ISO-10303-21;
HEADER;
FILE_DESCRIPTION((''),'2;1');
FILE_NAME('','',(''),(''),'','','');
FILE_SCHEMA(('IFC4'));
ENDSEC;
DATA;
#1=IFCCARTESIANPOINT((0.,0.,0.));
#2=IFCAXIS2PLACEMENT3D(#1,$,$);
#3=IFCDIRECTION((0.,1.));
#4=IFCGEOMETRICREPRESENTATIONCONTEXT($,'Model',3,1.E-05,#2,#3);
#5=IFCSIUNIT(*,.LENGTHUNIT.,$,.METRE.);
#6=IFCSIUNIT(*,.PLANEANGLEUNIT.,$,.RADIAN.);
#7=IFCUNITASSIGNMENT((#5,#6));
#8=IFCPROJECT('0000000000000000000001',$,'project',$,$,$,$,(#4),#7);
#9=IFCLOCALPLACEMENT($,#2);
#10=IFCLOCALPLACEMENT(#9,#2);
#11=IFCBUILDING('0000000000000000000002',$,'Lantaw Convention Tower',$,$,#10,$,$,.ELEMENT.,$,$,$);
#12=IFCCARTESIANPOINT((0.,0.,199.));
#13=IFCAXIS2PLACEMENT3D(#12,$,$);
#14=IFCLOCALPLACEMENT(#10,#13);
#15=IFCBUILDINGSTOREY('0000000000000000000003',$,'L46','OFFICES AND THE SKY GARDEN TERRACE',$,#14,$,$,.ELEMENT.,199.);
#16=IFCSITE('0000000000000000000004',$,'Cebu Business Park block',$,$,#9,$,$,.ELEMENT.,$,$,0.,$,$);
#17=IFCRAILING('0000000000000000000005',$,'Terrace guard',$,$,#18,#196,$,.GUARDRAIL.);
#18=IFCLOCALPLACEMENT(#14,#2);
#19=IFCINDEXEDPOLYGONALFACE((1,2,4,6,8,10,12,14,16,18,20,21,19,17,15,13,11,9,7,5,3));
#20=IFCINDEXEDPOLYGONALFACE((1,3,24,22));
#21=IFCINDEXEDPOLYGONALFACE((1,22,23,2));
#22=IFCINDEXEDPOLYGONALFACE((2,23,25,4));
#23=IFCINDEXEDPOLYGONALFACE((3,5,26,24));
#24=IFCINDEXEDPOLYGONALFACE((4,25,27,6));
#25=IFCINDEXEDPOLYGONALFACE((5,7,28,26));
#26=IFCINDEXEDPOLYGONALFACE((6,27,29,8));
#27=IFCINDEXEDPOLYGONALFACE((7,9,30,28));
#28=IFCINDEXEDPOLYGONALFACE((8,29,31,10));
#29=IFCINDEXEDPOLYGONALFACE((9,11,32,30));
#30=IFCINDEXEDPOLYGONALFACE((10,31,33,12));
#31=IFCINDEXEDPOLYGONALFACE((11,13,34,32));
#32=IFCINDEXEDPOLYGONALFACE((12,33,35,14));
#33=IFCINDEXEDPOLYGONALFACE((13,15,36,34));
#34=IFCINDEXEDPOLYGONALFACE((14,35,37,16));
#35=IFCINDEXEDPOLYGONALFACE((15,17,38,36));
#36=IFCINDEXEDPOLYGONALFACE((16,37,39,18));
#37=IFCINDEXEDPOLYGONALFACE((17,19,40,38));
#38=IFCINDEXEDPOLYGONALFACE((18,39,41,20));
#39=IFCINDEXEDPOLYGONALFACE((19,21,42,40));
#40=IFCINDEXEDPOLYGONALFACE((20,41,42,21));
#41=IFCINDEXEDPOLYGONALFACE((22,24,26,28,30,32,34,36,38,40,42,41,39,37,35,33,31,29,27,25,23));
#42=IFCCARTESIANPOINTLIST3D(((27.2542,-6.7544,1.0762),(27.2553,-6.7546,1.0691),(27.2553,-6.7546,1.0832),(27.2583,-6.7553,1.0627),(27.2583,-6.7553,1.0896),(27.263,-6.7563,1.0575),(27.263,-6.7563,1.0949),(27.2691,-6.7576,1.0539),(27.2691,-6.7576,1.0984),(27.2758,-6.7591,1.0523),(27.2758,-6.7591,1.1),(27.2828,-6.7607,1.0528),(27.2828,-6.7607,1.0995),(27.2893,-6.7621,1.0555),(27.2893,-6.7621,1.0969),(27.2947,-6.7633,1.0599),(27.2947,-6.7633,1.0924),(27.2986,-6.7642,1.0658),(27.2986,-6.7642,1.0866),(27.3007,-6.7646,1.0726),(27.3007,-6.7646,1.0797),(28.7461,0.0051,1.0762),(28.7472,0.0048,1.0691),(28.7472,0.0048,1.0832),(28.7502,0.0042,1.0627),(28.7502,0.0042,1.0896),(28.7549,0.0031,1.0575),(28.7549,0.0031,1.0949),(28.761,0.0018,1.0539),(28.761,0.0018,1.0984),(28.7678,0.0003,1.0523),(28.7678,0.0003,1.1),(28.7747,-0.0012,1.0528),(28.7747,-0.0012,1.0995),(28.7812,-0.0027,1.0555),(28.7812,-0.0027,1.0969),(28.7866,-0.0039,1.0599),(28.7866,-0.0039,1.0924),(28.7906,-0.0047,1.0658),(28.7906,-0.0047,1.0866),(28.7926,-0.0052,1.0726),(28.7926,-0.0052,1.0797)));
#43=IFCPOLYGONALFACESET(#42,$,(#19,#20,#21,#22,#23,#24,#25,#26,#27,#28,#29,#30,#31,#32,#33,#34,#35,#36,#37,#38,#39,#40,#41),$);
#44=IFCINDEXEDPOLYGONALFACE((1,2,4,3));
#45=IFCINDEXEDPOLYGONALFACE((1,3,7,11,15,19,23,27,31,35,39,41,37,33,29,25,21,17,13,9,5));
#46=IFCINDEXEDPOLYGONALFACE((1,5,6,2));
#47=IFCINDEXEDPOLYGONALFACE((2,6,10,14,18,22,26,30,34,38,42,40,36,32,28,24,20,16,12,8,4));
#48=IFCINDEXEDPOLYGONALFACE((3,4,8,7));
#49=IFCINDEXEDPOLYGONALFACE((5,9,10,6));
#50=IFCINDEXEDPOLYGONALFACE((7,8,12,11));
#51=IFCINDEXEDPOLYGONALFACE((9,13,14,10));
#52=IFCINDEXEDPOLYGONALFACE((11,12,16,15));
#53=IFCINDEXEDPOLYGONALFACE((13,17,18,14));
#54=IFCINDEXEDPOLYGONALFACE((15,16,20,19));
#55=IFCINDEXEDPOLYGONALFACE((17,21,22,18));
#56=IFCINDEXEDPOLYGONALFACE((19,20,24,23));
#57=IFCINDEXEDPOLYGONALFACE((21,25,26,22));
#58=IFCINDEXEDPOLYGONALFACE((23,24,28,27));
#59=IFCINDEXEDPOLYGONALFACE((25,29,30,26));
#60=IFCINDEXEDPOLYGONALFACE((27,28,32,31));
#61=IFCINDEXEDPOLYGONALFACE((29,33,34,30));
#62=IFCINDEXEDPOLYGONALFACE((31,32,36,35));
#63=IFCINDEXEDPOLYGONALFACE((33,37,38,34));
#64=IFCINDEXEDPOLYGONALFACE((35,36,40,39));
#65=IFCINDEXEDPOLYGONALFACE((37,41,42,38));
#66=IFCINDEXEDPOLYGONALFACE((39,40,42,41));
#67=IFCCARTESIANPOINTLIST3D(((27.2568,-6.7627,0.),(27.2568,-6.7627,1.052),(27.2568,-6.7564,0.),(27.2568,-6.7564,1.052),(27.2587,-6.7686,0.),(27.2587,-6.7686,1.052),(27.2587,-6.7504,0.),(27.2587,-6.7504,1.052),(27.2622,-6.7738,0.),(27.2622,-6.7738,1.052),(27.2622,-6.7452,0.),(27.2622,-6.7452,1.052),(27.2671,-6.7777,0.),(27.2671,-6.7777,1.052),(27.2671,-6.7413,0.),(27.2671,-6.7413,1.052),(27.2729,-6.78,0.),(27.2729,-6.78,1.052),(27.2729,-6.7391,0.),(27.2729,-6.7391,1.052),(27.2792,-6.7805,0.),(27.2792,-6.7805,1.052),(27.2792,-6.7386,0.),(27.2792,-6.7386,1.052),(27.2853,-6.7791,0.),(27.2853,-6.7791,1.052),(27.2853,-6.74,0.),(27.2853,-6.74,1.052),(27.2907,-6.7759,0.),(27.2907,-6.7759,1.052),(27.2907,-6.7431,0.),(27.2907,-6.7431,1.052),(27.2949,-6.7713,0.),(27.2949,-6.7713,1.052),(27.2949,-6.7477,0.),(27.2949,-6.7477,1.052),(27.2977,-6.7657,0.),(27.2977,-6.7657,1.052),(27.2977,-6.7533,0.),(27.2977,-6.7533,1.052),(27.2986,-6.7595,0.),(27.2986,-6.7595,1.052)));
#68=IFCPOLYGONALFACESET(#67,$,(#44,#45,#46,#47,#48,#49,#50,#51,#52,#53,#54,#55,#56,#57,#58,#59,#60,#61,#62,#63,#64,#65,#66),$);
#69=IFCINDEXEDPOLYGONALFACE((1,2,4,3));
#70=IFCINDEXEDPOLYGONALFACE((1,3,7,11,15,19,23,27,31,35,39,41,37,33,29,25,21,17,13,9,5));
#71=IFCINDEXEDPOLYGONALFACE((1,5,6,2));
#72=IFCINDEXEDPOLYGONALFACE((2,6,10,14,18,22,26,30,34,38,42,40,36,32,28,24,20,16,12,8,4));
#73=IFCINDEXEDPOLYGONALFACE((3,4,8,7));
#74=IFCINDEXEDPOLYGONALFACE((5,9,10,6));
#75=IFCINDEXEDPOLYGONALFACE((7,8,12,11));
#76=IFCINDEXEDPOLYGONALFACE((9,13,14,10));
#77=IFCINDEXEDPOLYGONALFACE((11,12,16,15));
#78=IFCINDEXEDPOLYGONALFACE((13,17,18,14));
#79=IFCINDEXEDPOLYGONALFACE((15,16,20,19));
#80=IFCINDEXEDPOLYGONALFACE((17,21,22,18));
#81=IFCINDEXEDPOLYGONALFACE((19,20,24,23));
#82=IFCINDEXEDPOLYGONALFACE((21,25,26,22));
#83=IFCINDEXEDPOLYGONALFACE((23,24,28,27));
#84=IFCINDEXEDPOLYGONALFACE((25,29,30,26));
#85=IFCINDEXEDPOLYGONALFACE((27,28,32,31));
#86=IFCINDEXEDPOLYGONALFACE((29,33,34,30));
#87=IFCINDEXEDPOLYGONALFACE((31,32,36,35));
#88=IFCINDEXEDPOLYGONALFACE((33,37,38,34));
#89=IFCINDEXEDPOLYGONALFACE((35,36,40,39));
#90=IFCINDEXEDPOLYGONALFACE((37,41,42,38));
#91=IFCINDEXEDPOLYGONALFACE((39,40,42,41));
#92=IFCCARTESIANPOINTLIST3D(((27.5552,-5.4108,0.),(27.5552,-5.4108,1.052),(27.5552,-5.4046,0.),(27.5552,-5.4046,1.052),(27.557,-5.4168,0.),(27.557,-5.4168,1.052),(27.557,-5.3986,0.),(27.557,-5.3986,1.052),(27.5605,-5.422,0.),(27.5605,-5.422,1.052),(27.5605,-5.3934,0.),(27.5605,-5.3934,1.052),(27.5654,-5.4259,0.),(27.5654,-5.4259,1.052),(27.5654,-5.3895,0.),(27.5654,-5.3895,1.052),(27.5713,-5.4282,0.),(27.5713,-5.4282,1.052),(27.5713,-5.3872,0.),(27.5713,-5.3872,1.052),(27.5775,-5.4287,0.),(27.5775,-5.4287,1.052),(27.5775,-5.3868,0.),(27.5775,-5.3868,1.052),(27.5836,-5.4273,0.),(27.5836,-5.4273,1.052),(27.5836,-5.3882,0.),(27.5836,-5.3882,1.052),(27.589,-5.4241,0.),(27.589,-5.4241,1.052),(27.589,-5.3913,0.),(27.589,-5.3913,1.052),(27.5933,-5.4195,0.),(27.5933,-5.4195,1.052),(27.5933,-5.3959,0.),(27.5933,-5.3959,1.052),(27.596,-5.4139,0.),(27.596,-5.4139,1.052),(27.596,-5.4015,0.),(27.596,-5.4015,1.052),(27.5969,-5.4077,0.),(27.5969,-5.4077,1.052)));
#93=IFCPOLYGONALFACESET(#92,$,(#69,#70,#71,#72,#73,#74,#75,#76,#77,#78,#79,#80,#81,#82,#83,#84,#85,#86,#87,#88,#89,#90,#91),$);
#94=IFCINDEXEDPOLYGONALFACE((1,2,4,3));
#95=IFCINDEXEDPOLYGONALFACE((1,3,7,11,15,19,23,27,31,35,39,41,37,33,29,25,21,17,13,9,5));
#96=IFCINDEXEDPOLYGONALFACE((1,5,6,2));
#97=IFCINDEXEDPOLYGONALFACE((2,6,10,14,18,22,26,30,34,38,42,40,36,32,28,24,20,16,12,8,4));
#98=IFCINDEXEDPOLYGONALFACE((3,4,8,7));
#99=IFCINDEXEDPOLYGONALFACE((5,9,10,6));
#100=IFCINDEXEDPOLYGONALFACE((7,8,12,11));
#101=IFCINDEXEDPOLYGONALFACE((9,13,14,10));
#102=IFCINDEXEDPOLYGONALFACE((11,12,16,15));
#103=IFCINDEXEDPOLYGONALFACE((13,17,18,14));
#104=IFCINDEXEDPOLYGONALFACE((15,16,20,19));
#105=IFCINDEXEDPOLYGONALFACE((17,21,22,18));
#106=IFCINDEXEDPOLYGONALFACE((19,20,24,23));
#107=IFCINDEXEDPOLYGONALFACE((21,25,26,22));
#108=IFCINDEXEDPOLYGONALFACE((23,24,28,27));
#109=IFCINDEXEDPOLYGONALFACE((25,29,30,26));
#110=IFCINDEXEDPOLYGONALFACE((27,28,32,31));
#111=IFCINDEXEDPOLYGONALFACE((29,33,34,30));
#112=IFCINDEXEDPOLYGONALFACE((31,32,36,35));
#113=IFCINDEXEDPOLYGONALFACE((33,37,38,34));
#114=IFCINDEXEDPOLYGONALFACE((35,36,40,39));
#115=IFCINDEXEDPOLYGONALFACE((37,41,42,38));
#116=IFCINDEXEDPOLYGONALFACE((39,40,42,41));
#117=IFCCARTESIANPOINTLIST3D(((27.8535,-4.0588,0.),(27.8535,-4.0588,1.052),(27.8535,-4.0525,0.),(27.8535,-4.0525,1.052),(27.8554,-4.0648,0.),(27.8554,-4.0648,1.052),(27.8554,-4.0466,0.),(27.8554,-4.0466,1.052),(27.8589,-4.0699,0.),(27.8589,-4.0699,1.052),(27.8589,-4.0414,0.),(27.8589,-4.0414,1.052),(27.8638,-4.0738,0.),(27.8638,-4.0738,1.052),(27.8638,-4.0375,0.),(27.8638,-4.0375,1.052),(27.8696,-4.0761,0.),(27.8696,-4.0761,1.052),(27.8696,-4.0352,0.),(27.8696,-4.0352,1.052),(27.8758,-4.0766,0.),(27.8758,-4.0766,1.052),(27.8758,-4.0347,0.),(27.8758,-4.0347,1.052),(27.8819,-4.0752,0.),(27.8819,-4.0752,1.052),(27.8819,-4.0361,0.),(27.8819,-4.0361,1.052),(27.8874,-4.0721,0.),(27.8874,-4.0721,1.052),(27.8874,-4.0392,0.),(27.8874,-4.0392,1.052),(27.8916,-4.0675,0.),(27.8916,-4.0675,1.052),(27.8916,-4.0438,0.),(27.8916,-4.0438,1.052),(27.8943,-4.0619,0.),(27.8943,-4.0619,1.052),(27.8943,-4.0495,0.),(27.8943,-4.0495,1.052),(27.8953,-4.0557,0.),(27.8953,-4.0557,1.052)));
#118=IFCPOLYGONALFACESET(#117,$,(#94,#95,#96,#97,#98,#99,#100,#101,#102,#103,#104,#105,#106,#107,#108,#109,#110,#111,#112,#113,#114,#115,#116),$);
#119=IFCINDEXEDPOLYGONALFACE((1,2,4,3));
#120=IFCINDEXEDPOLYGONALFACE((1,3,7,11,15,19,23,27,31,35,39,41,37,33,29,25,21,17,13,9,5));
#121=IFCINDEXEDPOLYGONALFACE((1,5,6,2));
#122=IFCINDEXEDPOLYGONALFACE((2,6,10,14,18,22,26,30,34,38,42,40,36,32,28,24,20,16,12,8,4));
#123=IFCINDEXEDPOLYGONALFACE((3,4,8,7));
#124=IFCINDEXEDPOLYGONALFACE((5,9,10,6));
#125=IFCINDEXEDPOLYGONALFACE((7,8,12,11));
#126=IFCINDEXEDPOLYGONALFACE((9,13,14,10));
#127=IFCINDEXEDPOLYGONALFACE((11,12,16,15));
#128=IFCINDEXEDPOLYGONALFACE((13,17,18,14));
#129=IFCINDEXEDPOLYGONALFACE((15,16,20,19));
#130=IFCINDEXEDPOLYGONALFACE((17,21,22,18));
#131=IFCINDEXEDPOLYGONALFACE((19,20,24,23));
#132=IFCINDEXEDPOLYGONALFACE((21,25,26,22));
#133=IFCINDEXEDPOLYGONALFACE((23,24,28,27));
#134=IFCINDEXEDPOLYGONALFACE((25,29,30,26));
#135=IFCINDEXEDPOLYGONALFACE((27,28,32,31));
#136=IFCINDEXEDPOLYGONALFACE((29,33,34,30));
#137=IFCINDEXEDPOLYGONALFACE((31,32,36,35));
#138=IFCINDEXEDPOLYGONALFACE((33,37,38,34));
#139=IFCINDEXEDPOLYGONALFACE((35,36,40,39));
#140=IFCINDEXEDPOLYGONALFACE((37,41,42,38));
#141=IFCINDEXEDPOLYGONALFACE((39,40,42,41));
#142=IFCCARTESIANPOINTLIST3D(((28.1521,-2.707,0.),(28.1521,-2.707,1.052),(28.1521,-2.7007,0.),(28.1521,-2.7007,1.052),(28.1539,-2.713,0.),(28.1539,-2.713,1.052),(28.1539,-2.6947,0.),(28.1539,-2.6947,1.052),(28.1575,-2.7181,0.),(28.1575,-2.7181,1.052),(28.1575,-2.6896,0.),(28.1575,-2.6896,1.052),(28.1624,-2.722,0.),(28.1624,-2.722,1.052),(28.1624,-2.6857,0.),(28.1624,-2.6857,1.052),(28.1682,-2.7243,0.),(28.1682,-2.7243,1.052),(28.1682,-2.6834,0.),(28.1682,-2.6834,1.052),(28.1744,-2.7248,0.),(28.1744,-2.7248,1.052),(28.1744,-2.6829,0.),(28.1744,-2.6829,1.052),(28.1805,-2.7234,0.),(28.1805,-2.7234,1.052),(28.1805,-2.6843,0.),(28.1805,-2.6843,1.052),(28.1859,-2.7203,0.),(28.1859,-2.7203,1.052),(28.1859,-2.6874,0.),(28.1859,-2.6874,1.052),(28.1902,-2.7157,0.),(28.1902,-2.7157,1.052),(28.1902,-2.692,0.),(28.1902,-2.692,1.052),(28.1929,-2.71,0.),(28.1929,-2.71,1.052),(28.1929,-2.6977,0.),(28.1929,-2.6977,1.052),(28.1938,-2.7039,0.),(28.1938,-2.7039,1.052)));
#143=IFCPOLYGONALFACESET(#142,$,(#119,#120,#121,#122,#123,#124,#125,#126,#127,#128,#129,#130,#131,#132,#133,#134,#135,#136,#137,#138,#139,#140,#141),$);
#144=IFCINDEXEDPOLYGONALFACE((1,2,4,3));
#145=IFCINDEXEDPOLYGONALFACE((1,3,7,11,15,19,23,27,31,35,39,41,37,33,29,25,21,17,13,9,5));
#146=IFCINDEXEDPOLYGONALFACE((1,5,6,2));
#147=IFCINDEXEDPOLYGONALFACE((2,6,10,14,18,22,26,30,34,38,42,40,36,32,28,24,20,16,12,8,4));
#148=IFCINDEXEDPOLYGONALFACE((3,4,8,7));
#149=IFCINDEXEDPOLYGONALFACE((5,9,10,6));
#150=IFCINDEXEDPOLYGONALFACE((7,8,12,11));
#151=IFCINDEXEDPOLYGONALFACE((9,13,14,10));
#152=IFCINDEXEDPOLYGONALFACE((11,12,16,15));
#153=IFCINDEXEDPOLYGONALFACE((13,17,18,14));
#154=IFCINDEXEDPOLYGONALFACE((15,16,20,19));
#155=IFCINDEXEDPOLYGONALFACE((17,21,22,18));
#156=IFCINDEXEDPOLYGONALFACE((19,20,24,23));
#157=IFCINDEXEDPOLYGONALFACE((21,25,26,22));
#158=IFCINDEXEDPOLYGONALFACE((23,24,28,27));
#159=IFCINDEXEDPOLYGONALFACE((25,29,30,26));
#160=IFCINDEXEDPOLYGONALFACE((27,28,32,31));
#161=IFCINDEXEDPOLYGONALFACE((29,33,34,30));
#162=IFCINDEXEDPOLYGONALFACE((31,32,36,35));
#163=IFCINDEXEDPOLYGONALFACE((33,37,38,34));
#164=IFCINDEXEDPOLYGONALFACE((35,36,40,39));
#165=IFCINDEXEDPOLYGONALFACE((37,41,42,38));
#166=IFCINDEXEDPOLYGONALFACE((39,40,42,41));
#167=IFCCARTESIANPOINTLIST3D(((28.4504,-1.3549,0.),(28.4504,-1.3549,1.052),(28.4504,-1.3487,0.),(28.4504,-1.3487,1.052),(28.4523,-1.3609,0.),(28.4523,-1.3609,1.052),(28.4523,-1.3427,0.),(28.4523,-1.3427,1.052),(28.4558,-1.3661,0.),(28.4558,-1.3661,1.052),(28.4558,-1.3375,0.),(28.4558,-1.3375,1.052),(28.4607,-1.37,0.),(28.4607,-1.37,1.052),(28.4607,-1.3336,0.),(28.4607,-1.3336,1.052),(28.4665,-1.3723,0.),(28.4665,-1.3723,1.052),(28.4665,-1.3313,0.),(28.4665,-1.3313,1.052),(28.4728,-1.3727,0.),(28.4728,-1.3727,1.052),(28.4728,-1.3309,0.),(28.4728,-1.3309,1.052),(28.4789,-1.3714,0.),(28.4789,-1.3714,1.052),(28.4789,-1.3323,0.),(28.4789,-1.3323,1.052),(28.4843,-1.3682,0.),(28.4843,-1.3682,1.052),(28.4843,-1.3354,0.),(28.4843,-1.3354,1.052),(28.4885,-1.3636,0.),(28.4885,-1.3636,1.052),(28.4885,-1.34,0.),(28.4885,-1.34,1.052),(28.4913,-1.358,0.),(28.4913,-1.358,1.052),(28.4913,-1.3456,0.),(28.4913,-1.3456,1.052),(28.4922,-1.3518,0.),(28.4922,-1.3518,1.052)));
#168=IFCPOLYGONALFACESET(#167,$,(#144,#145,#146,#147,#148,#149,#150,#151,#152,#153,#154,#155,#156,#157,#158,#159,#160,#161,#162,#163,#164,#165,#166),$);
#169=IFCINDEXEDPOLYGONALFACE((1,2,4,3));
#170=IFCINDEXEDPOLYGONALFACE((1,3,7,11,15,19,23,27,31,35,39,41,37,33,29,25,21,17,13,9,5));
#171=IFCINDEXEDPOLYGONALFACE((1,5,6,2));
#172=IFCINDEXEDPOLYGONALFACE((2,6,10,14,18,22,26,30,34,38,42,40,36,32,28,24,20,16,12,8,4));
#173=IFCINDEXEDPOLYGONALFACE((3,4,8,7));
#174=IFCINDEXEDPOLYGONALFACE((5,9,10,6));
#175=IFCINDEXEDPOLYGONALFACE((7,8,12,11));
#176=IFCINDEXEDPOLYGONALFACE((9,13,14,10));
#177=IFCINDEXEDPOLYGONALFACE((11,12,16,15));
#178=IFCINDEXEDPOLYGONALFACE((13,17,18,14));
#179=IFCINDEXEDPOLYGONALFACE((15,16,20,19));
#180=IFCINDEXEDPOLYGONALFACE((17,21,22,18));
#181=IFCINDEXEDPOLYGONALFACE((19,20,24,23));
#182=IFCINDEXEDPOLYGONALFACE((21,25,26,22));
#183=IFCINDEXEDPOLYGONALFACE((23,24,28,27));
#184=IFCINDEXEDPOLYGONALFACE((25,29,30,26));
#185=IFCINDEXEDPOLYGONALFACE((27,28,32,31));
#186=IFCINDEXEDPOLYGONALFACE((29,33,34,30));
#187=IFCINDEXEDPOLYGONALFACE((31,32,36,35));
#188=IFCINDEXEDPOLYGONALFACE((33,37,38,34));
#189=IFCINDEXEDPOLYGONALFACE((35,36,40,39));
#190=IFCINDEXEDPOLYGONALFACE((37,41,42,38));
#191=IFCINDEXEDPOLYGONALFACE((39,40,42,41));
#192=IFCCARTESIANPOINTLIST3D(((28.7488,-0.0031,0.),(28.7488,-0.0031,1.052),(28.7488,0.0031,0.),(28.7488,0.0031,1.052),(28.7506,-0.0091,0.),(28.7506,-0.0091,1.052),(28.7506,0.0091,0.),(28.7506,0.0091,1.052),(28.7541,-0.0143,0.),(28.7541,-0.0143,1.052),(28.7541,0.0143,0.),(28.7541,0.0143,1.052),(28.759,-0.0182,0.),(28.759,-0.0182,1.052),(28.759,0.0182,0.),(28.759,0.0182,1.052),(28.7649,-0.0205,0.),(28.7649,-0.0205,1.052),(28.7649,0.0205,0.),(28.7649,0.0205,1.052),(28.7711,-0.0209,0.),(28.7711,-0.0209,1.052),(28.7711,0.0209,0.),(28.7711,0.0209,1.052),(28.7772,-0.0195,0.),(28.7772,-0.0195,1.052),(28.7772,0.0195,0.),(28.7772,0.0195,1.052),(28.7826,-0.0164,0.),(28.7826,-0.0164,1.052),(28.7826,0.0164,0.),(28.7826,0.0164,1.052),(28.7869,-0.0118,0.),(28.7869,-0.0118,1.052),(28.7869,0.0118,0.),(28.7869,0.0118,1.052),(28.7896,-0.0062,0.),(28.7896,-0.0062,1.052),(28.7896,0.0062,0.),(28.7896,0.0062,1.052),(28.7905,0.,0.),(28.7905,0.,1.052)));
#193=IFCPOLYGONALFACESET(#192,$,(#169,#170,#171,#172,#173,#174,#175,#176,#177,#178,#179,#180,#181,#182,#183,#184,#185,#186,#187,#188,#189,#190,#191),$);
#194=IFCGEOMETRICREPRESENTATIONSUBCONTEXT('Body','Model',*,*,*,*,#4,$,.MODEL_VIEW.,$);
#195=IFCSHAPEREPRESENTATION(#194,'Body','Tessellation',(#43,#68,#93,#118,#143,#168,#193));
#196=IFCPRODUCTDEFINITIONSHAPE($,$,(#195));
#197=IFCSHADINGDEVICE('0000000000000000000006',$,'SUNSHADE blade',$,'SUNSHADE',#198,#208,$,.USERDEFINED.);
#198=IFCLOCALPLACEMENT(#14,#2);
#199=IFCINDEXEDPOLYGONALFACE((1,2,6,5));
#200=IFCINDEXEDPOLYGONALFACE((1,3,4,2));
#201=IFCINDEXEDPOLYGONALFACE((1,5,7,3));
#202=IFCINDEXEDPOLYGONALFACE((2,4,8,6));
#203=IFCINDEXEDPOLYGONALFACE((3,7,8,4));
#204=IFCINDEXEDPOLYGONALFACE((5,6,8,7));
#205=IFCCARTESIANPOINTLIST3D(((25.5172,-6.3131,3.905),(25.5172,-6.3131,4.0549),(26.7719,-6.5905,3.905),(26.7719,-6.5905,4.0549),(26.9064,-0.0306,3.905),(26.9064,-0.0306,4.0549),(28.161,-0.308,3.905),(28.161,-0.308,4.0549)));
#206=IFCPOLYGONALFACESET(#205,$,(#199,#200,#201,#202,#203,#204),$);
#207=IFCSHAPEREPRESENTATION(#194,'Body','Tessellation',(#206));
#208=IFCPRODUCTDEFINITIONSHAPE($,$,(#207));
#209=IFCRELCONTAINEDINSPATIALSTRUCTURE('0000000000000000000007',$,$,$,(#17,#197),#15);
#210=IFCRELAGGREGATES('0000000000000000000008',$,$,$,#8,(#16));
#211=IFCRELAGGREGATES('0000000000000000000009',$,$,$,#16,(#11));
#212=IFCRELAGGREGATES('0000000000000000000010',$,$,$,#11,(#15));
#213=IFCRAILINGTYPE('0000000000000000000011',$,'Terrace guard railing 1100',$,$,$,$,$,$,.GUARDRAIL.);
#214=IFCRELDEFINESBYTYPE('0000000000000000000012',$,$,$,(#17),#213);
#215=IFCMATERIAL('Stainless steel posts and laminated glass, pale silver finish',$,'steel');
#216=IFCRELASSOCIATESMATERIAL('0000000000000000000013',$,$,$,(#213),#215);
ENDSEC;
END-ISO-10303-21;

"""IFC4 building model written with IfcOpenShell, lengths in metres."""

from ifc_helpers import new_model, si_unit, direction, frame, origin, origin_2d, place, context, subcontext, project, spatial, rectangle, circle, extrude, material, type_object, element, save


model = new_model("IFC4")

# Units and contexts
model_context = context("Model", 3, precision=1e-05, world=origin(), true_north=direction((0.0, 1.0)))
body_context = subcontext(model_context, "Body", "Model", "MODEL_VIEW")
ifc_project = project(units=[si_unit("LENGTHUNIT", "METRE"), si_unit("PLANEANGLEUNIT", "RADIAN")], contexts=[model_context])

# Site, building, storey
site_placement = place(None, origin())
site = spatial("IfcSite", under=ifc_project, at=site_placement, Name="Cebu Business Park block", CompositionType="ELEMENT", RefElevation=0.0)
building_placement = place(site_placement, origin())
building = spatial("IfcBuilding", under=site, at=building_placement, Name="Lantaw Convention Tower", CompositionType="ELEMENT")
storey_placement = place(building_placement, frame((0.0, 0.0, 199.0)))
storey = spatial("IfcBuildingStorey", under=building, at=storey_placement, Name="L46", Description="OFFICES AND THE SKY GARDEN TERRACE", CompositionType="ELEMENT", Elevation=199.0)

# Railing
ifc_material_1 = material(Name="Stainless steel posts and laminated glass, pale silver finish", Category="steel")
railing_type = type_object("IfcRailingType", Name="Terrace guard railing 1100", PredefinedType="GUARDRAIL", material=ifc_material_1)
railing_placement = place(storey_placement, frame((27.2776, -6.7595, 0.0)))
element("IfcRailing", 1, at=railing_placement, inside=storey, type_object=railing_type, Name="Terrace guard", PredefinedType="GUARDRAIL", context=body_context, shape_type="SweptSolid", body=[
    extrude(circle(Radius=0.0239, at=origin_2d()), frame((0.0, 0.0, 1.0762), z_axis=(0.21553, 0.976497, 0.0), x_axis=(-0.976497, 0.21553, 0.0)), (0.0, 0.0, 1.0), 6.9221),
    extrude(circle(Radius=0.021, at=origin_2d()), origin(), (0.0, 0.0, 1.0), 1.052),
    extrude(circle(Radius=0.021, at=origin_2d()), frame((0.2983, 1.3518, 0.0)), (0.0, 0.0, 1.0), 1.052),
    extrude(circle(Radius=0.021, at=origin_2d()), frame((0.5967, 2.7039, 0.0)), (0.0, 0.0, 1.0), 1.052),
    extrude(circle(Radius=0.021, at=origin_2d()), frame((0.8953, 4.0557, 0.0)), (0.0, 0.0, 1.0), 1.052),
    extrude(circle(Radius=0.021, at=origin_2d()), frame((1.1936, 5.4077, 0.0)), (0.0, 0.0, 1.0), 1.052),
    extrude(circle(Radius=0.021, at=origin_2d()), frame((1.4919, 6.7595, 0.0)), (0.0, 0.0, 1.0), 1.052),
])

# Shading device
shading_device_placement = place(storey_placement, frame((26.8391, -3.3105, 3.905), z_axis=(0.0, 0.0, 1.0), x_axis=(0.215891, 0.976417, 0.0)))
element("IfcShadingDevice", 2, at=shading_device_placement, inside=storey, Name="SUNSHADE blade", ObjectType="SUNSHADE", PredefinedType="USERDEFINED", context=body_context, shape_type="SweptSolid", body=[
    extrude(rectangle(XDim=6.4343, YDim=1.2849, at=origin_2d()), origin(), (0.0, 0.0, 1.0), 0.1499),
])

save(model, "model.ifc")
